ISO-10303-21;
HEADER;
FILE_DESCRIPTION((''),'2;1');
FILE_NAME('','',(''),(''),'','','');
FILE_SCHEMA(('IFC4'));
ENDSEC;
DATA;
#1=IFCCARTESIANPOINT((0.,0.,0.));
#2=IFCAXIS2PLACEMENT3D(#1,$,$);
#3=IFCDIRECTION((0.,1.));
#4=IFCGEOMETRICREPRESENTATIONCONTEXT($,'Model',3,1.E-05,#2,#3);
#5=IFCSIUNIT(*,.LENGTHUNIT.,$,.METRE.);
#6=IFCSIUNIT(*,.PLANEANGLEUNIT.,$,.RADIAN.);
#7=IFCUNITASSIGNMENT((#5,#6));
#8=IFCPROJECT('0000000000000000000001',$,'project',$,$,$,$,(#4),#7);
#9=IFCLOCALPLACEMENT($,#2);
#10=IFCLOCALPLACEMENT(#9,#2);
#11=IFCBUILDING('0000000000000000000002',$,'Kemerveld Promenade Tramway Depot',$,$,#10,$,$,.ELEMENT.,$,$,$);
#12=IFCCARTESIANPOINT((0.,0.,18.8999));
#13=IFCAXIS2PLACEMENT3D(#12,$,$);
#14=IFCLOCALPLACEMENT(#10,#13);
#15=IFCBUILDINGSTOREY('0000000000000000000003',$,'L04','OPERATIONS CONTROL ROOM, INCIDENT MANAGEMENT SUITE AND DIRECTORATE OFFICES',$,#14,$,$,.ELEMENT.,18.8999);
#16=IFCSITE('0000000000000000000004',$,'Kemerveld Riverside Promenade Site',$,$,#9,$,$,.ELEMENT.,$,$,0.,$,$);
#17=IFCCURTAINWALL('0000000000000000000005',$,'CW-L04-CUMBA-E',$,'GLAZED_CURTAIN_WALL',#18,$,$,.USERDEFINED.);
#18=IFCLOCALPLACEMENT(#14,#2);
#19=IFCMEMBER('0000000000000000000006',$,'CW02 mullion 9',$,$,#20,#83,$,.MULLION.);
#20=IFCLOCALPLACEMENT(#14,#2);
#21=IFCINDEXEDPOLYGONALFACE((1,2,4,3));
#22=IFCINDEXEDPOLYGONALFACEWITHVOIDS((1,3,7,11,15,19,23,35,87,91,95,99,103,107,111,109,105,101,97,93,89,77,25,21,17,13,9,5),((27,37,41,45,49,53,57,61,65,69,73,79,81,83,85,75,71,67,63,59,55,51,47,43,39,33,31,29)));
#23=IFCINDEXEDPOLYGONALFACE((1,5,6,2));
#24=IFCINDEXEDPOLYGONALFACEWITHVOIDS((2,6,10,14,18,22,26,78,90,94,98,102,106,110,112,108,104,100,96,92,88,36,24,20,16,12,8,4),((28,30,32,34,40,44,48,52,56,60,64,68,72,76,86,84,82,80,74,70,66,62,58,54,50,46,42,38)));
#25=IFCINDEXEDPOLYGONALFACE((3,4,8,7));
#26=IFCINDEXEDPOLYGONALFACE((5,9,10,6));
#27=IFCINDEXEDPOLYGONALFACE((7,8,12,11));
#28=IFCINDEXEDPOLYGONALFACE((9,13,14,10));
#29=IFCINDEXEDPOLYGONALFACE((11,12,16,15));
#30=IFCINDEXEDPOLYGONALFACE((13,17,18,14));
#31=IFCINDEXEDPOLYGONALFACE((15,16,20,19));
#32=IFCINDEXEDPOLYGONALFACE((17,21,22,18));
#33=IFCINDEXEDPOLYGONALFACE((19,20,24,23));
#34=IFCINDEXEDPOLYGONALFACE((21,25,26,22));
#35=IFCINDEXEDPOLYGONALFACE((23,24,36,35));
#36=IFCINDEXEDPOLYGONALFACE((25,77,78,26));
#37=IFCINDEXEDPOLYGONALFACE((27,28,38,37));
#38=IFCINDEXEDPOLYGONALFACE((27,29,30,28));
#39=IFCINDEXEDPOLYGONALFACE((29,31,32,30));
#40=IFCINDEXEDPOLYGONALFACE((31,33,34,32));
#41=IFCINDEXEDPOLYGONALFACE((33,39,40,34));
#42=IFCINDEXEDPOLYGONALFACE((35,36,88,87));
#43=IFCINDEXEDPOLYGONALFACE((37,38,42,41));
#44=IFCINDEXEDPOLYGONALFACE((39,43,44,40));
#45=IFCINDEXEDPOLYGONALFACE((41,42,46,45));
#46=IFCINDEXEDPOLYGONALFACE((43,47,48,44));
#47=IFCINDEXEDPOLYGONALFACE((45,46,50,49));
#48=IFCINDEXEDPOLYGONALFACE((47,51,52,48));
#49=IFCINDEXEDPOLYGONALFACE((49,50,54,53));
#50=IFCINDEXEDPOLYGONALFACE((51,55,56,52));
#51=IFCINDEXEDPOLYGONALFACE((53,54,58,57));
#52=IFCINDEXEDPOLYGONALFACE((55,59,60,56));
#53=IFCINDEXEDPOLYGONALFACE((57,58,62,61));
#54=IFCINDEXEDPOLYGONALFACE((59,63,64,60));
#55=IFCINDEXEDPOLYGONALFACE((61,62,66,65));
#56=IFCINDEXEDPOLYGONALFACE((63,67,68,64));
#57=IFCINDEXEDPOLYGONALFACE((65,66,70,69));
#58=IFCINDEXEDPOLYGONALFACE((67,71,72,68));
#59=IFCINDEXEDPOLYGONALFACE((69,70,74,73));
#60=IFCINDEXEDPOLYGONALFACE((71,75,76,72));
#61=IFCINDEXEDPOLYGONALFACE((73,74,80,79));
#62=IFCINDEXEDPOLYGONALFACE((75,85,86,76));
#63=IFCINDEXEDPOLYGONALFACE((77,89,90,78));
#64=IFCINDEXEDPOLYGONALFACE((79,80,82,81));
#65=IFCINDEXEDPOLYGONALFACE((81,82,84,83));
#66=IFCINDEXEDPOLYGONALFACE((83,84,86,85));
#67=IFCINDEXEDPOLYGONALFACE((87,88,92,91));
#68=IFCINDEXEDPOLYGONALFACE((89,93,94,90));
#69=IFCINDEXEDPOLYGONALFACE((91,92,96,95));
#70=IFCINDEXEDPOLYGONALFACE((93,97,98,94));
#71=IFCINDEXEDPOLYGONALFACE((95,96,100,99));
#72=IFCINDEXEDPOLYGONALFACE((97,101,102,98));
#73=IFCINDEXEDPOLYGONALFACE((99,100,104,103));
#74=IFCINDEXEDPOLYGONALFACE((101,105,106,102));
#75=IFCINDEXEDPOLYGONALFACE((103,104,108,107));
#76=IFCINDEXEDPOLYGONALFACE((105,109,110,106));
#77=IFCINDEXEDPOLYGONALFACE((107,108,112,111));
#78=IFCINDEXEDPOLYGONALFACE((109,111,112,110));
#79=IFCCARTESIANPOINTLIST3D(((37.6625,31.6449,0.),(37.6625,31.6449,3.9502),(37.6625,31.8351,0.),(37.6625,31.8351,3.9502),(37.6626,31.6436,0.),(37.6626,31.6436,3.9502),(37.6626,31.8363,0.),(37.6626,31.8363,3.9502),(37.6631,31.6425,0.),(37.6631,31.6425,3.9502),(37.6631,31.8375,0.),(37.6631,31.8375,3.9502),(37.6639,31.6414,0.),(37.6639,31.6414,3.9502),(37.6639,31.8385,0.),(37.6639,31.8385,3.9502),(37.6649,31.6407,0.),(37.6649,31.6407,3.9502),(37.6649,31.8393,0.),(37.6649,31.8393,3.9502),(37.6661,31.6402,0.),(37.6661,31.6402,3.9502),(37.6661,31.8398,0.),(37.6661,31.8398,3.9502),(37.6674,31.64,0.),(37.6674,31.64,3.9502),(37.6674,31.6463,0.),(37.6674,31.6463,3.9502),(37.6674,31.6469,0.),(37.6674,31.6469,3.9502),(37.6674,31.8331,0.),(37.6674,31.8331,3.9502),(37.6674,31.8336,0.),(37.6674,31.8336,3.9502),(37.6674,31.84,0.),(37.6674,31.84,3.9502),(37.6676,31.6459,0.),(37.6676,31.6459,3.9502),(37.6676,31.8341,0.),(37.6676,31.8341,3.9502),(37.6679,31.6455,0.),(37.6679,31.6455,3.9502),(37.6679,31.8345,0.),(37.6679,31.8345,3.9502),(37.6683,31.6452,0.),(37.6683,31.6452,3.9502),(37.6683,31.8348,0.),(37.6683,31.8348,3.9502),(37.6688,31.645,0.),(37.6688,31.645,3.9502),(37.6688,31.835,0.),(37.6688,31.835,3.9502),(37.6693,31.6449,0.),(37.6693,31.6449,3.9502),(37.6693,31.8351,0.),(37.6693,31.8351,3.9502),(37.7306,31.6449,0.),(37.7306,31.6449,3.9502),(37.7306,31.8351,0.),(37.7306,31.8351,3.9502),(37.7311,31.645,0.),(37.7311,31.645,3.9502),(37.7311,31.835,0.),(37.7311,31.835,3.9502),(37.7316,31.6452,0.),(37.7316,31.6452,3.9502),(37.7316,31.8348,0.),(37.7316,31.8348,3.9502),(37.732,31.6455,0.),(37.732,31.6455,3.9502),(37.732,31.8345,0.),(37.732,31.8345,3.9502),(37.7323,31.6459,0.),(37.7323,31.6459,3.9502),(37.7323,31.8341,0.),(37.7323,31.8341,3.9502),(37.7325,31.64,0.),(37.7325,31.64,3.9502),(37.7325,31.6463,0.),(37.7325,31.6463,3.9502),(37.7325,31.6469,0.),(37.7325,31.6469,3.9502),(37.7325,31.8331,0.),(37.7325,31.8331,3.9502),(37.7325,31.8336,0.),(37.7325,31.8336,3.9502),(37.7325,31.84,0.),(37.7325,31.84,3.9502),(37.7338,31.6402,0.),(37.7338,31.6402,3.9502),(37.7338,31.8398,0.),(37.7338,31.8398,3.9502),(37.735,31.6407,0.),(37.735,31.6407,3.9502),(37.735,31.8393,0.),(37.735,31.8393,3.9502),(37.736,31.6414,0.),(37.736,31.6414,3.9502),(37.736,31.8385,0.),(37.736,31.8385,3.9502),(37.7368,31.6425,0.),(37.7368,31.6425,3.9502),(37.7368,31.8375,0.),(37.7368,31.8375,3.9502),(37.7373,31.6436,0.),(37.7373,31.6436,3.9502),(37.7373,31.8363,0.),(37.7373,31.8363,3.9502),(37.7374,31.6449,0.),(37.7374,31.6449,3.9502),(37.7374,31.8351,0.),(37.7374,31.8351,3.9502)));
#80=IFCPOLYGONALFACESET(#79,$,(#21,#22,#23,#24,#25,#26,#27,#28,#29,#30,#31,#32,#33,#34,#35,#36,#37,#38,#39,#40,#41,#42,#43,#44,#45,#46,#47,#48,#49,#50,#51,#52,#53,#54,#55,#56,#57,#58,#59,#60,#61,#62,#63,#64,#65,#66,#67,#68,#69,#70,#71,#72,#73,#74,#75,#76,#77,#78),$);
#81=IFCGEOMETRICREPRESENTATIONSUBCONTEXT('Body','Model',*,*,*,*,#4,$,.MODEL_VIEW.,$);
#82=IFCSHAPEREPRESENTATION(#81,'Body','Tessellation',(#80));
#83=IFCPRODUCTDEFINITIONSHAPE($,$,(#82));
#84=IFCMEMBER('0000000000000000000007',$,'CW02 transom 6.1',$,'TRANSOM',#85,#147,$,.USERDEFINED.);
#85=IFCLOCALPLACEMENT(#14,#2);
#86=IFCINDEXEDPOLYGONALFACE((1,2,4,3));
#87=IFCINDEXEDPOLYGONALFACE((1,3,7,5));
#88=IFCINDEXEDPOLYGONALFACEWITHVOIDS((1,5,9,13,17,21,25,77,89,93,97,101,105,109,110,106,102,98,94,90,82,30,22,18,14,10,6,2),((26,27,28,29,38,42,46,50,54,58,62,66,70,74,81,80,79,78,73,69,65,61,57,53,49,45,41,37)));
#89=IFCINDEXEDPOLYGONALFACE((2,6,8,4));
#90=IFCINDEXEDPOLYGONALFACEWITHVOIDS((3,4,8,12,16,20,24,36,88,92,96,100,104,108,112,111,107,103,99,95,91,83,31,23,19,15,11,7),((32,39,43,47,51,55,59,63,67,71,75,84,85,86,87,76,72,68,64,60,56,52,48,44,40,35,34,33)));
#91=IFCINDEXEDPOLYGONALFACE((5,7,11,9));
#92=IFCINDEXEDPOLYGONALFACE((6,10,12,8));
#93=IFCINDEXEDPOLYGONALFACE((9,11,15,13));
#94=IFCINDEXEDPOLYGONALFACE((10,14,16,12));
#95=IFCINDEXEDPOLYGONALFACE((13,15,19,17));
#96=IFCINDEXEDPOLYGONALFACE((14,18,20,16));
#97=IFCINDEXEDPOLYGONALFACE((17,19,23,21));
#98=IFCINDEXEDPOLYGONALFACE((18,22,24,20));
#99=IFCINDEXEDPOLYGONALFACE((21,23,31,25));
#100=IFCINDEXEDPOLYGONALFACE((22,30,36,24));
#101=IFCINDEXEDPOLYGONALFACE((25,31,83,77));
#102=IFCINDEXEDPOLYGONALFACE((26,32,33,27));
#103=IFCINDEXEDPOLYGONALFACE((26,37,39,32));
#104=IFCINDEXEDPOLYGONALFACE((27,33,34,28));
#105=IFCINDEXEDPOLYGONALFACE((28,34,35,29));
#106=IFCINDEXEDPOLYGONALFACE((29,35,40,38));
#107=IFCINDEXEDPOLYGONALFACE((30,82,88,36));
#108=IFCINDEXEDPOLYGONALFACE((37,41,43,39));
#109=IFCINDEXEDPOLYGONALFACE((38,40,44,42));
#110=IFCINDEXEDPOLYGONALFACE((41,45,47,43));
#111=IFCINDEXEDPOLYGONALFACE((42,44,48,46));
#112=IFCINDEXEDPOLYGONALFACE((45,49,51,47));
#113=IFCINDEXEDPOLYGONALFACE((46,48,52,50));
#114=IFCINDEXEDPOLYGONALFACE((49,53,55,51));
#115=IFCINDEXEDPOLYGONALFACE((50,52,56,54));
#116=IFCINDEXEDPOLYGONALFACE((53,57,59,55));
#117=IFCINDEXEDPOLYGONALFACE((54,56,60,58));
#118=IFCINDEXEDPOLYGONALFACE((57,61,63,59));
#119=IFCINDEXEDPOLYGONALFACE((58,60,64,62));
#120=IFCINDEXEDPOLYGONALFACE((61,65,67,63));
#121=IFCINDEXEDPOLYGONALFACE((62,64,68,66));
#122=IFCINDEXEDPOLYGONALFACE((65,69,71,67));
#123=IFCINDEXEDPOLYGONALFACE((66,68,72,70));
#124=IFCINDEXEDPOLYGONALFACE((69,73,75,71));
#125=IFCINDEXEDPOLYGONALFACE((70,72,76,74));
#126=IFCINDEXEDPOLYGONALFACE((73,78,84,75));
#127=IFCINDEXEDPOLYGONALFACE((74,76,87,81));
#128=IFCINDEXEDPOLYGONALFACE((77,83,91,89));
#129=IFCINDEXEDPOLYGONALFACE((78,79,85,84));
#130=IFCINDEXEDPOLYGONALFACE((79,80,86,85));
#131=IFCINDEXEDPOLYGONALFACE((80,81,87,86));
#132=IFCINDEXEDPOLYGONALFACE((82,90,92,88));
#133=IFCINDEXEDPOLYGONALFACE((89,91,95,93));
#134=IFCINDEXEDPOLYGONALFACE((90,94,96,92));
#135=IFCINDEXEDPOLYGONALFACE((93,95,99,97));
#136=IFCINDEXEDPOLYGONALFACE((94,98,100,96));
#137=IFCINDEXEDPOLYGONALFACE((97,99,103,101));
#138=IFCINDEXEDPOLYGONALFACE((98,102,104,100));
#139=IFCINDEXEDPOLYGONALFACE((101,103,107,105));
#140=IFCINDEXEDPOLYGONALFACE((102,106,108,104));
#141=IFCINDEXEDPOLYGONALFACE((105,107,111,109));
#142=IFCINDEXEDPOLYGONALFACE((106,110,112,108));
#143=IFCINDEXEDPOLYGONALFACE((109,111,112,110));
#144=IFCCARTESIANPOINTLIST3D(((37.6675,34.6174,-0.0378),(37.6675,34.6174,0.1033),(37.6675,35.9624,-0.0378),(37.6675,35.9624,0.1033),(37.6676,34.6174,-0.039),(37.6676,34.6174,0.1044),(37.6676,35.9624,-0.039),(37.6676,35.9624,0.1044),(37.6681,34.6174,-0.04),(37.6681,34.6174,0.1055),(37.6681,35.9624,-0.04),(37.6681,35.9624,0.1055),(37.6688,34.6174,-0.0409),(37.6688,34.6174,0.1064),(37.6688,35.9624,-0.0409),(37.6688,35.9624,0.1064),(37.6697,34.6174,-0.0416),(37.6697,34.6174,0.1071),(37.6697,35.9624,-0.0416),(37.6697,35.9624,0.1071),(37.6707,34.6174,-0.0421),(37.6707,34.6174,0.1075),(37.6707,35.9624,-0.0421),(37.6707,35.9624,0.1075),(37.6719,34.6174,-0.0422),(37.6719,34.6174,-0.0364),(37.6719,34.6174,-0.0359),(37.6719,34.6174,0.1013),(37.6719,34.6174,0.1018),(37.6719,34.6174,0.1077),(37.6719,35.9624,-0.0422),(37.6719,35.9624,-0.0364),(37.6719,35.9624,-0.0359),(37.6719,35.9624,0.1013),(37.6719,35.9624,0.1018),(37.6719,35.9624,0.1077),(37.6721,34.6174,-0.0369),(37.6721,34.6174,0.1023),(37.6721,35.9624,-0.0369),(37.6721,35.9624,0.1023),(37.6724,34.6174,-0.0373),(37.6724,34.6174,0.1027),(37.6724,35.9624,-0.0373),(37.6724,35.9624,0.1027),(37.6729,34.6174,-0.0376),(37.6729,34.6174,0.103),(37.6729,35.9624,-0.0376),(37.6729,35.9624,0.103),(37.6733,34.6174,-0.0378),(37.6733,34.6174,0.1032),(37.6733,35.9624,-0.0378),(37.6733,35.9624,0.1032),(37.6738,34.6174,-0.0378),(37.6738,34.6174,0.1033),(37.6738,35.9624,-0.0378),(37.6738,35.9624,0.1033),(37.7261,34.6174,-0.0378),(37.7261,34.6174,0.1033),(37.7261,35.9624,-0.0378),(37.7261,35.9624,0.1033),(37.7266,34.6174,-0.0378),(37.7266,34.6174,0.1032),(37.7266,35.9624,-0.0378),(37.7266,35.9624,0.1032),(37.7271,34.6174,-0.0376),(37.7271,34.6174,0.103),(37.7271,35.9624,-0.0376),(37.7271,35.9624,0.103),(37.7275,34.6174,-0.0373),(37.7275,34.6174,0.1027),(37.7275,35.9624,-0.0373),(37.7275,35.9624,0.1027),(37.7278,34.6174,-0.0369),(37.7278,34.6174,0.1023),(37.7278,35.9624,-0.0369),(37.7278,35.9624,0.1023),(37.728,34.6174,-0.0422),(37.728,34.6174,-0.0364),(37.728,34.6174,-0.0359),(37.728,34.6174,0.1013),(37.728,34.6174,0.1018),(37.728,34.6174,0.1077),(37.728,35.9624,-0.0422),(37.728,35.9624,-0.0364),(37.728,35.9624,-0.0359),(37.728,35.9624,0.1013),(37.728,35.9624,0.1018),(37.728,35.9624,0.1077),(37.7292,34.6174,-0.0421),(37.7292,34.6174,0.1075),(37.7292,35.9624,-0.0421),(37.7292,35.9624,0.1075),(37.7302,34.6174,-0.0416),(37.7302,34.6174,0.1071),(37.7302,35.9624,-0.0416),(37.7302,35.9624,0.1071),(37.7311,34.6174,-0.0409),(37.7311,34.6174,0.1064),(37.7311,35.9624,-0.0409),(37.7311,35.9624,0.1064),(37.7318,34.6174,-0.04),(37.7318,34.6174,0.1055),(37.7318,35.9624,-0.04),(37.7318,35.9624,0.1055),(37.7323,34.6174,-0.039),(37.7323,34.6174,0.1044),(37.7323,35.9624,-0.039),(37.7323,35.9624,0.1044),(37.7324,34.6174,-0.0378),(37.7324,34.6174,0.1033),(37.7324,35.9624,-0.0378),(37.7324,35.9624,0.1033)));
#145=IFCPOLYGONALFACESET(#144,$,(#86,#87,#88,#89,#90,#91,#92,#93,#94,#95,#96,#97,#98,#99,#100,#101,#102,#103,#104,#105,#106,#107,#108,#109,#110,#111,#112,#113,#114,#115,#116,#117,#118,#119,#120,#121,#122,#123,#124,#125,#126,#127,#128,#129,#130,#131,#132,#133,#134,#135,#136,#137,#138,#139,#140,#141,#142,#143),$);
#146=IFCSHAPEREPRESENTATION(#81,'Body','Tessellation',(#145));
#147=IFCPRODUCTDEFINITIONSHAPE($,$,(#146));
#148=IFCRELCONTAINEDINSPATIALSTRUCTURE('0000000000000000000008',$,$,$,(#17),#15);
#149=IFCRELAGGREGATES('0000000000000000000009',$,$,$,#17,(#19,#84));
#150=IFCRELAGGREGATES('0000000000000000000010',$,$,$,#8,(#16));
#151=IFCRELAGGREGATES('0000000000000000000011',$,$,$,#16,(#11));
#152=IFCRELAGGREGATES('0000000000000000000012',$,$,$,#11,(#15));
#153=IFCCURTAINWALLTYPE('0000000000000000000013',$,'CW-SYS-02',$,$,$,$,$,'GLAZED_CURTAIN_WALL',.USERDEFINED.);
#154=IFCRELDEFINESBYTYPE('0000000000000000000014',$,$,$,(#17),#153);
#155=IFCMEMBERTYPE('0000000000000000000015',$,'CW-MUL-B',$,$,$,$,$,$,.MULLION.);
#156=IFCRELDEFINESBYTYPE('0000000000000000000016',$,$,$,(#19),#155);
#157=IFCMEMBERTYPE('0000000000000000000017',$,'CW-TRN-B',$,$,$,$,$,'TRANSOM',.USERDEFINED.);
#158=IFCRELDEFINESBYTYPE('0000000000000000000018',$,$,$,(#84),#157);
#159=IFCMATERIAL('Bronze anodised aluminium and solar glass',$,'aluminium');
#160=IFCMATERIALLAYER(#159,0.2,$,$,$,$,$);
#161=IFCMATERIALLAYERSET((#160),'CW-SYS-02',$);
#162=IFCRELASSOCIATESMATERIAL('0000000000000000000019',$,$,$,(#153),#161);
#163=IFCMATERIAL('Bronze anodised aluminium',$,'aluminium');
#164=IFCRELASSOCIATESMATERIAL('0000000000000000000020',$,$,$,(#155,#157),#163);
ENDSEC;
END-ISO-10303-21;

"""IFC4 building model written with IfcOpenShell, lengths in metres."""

from ifc_helpers import new_model, si_unit, direction, frame, origin, origin_2d, place, context, subcontext, project, spatial, hollow_rectangle, extrude, material, layer, layer_set, material_profile, profile_set, type_object, element, aggregate, save


model = new_model("IFC4")

# Units and contexts
model_context = context("Model", 3, precision=1e-05, world=origin(), true_north=direction((0.0, 1.0)))
body_context = subcontext(model_context, "Body", "Model", "MODEL_VIEW")
ifc_project = project(units=[si_unit("LENGTHUNIT", "METRE"), si_unit("PLANEANGLEUNIT", "RADIAN")], contexts=[model_context])

# Site, building, storey
site_placement = place(None, origin())
site = spatial("IfcSite", under=ifc_project, at=site_placement, Name="Kemerveld Riverside Promenade Site", CompositionType="ELEMENT", RefElevation=0.0)
building_placement = place(site_placement, origin())
building = spatial("IfcBuilding", under=site, at=building_placement, Name="Kemerveld Promenade Tramway Depot", CompositionType="ELEMENT")
storey_placement = place(building_placement, frame((0.0, 0.0, 18.8999)))
storey = spatial("IfcBuildingStorey", under=building, at=storey_placement, Name="L04", Description="OPERATIONS CONTROL ROOM, INCIDENT MANAGEMENT SUITE AND DIRECTORATE OFFICES", CompositionType="ELEMENT", Elevation=18.8999)

# Curtain wall, members
ifc_material_1 = material(Name="Bronze anodised aluminium and solar glass", Category="aluminium")
ifc_layer_1 = layer(ifc_material_1, 0.2)
ifc_layer_set_1 = layer_set([ifc_layer_1], Name="CW-SYS-02")
curtain_wall_type = type_object("IfcCurtainWallType", Name="CW-SYS-02", ElementType="GLAZED_CURTAIN_WALL", PredefinedType="USERDEFINED", material=ifc_layer_set_1)
curtain_wall_placement = place(storey_placement, origin())
curtain_wall = element("IfcCurtainWall", 1, at=curtain_wall_placement, inside=storey, type_object=curtain_wall_type, Name="CW-L04-CUMBA-E", ObjectType="GLAZED_CURTAIN_WALL", PredefinedType="USERDEFINED")
ifc_material_2 = material(Name="Bronze anodised aluminium", Category="aluminium")
ifc_material_profile_1 = material_profile(ifc_material_2, hollow_rectangle(XDim=0.075, YDim=0.2, WallThickness=0.0049, InnerFilletRadius=0.002, OuterFilletRadius=0.0049, at=origin_2d()), Name="CW-MUL-200x75")
ifc_profile_set_1 = profile_set([ifc_material_profile_1], Name="Bronze anodised aluminium")
member_type_1 = type_object("IfcMemberType", Name="CW-MUL-B", PredefinedType="MULLION", material=ifc_profile_set_1)
member_1_placement = place(storey_placement, frame((37.7, 31.74, 0.0), z_axis=(0.0, 0.0, 1.0), x_axis=(1.0, 0.0, 0.0)))
member_1 = element("IfcMember", 2, at=member_1_placement, type_object=member_type_1, Name="CW02 mullion 9", PredefinedType="MULLION", context=body_context, shape_type="SweptSolid", body=[
    extrude(hollow_rectangle(XDim=0.075, YDim=0.2, WallThickness=0.0049, InnerFilletRadius=0.002, OuterFilletRadius=0.0049, at=origin_2d()), origin(), (0.0, 0.0, 1.0), 3.9502),
])
ifc_material_profile_2 = material_profile(ifc_material_2, hollow_rectangle(XDim=0.0649, YDim=0.1499, WallThickness=0.0044, InnerFilletRadius=0.002, OuterFilletRadius=0.0044, at=origin_2d()), Name="CW-TRN-150x65")
ifc_profile_set_2 = profile_set([ifc_material_profile_2], Name="Bronze anodised aluminium")
member_type_2 = type_object("IfcMemberType", Name="CW-TRN-B", ElementType="TRANSOM", PredefinedType="USERDEFINED", material=ifc_profile_set_2)
member_2_placement = place(storey_placement, frame((37.7, 35.9624, 0.0327), z_axis=(0.0, -1.0, 0.0), x_axis=(1.0, 0.0, 0.0)))
member_2 = element("IfcMember", 3, at=member_2_placement, type_object=member_type_2, Name="CW02 transom 6.1", ObjectType="TRANSOM", PredefinedType="USERDEFINED", context=body_context, shape_type="SweptSolid", body=[
    extrude(hollow_rectangle(XDim=0.0649, YDim=0.1499, WallThickness=0.0044, InnerFilletRadius=0.002, OuterFilletRadius=0.0044, at=origin_2d()), origin(), (0.0, 0.0, 1.0), 1.345),
])
aggregate(curtain_wall, [member_1, member_2])

save(model, "model.ifc")
